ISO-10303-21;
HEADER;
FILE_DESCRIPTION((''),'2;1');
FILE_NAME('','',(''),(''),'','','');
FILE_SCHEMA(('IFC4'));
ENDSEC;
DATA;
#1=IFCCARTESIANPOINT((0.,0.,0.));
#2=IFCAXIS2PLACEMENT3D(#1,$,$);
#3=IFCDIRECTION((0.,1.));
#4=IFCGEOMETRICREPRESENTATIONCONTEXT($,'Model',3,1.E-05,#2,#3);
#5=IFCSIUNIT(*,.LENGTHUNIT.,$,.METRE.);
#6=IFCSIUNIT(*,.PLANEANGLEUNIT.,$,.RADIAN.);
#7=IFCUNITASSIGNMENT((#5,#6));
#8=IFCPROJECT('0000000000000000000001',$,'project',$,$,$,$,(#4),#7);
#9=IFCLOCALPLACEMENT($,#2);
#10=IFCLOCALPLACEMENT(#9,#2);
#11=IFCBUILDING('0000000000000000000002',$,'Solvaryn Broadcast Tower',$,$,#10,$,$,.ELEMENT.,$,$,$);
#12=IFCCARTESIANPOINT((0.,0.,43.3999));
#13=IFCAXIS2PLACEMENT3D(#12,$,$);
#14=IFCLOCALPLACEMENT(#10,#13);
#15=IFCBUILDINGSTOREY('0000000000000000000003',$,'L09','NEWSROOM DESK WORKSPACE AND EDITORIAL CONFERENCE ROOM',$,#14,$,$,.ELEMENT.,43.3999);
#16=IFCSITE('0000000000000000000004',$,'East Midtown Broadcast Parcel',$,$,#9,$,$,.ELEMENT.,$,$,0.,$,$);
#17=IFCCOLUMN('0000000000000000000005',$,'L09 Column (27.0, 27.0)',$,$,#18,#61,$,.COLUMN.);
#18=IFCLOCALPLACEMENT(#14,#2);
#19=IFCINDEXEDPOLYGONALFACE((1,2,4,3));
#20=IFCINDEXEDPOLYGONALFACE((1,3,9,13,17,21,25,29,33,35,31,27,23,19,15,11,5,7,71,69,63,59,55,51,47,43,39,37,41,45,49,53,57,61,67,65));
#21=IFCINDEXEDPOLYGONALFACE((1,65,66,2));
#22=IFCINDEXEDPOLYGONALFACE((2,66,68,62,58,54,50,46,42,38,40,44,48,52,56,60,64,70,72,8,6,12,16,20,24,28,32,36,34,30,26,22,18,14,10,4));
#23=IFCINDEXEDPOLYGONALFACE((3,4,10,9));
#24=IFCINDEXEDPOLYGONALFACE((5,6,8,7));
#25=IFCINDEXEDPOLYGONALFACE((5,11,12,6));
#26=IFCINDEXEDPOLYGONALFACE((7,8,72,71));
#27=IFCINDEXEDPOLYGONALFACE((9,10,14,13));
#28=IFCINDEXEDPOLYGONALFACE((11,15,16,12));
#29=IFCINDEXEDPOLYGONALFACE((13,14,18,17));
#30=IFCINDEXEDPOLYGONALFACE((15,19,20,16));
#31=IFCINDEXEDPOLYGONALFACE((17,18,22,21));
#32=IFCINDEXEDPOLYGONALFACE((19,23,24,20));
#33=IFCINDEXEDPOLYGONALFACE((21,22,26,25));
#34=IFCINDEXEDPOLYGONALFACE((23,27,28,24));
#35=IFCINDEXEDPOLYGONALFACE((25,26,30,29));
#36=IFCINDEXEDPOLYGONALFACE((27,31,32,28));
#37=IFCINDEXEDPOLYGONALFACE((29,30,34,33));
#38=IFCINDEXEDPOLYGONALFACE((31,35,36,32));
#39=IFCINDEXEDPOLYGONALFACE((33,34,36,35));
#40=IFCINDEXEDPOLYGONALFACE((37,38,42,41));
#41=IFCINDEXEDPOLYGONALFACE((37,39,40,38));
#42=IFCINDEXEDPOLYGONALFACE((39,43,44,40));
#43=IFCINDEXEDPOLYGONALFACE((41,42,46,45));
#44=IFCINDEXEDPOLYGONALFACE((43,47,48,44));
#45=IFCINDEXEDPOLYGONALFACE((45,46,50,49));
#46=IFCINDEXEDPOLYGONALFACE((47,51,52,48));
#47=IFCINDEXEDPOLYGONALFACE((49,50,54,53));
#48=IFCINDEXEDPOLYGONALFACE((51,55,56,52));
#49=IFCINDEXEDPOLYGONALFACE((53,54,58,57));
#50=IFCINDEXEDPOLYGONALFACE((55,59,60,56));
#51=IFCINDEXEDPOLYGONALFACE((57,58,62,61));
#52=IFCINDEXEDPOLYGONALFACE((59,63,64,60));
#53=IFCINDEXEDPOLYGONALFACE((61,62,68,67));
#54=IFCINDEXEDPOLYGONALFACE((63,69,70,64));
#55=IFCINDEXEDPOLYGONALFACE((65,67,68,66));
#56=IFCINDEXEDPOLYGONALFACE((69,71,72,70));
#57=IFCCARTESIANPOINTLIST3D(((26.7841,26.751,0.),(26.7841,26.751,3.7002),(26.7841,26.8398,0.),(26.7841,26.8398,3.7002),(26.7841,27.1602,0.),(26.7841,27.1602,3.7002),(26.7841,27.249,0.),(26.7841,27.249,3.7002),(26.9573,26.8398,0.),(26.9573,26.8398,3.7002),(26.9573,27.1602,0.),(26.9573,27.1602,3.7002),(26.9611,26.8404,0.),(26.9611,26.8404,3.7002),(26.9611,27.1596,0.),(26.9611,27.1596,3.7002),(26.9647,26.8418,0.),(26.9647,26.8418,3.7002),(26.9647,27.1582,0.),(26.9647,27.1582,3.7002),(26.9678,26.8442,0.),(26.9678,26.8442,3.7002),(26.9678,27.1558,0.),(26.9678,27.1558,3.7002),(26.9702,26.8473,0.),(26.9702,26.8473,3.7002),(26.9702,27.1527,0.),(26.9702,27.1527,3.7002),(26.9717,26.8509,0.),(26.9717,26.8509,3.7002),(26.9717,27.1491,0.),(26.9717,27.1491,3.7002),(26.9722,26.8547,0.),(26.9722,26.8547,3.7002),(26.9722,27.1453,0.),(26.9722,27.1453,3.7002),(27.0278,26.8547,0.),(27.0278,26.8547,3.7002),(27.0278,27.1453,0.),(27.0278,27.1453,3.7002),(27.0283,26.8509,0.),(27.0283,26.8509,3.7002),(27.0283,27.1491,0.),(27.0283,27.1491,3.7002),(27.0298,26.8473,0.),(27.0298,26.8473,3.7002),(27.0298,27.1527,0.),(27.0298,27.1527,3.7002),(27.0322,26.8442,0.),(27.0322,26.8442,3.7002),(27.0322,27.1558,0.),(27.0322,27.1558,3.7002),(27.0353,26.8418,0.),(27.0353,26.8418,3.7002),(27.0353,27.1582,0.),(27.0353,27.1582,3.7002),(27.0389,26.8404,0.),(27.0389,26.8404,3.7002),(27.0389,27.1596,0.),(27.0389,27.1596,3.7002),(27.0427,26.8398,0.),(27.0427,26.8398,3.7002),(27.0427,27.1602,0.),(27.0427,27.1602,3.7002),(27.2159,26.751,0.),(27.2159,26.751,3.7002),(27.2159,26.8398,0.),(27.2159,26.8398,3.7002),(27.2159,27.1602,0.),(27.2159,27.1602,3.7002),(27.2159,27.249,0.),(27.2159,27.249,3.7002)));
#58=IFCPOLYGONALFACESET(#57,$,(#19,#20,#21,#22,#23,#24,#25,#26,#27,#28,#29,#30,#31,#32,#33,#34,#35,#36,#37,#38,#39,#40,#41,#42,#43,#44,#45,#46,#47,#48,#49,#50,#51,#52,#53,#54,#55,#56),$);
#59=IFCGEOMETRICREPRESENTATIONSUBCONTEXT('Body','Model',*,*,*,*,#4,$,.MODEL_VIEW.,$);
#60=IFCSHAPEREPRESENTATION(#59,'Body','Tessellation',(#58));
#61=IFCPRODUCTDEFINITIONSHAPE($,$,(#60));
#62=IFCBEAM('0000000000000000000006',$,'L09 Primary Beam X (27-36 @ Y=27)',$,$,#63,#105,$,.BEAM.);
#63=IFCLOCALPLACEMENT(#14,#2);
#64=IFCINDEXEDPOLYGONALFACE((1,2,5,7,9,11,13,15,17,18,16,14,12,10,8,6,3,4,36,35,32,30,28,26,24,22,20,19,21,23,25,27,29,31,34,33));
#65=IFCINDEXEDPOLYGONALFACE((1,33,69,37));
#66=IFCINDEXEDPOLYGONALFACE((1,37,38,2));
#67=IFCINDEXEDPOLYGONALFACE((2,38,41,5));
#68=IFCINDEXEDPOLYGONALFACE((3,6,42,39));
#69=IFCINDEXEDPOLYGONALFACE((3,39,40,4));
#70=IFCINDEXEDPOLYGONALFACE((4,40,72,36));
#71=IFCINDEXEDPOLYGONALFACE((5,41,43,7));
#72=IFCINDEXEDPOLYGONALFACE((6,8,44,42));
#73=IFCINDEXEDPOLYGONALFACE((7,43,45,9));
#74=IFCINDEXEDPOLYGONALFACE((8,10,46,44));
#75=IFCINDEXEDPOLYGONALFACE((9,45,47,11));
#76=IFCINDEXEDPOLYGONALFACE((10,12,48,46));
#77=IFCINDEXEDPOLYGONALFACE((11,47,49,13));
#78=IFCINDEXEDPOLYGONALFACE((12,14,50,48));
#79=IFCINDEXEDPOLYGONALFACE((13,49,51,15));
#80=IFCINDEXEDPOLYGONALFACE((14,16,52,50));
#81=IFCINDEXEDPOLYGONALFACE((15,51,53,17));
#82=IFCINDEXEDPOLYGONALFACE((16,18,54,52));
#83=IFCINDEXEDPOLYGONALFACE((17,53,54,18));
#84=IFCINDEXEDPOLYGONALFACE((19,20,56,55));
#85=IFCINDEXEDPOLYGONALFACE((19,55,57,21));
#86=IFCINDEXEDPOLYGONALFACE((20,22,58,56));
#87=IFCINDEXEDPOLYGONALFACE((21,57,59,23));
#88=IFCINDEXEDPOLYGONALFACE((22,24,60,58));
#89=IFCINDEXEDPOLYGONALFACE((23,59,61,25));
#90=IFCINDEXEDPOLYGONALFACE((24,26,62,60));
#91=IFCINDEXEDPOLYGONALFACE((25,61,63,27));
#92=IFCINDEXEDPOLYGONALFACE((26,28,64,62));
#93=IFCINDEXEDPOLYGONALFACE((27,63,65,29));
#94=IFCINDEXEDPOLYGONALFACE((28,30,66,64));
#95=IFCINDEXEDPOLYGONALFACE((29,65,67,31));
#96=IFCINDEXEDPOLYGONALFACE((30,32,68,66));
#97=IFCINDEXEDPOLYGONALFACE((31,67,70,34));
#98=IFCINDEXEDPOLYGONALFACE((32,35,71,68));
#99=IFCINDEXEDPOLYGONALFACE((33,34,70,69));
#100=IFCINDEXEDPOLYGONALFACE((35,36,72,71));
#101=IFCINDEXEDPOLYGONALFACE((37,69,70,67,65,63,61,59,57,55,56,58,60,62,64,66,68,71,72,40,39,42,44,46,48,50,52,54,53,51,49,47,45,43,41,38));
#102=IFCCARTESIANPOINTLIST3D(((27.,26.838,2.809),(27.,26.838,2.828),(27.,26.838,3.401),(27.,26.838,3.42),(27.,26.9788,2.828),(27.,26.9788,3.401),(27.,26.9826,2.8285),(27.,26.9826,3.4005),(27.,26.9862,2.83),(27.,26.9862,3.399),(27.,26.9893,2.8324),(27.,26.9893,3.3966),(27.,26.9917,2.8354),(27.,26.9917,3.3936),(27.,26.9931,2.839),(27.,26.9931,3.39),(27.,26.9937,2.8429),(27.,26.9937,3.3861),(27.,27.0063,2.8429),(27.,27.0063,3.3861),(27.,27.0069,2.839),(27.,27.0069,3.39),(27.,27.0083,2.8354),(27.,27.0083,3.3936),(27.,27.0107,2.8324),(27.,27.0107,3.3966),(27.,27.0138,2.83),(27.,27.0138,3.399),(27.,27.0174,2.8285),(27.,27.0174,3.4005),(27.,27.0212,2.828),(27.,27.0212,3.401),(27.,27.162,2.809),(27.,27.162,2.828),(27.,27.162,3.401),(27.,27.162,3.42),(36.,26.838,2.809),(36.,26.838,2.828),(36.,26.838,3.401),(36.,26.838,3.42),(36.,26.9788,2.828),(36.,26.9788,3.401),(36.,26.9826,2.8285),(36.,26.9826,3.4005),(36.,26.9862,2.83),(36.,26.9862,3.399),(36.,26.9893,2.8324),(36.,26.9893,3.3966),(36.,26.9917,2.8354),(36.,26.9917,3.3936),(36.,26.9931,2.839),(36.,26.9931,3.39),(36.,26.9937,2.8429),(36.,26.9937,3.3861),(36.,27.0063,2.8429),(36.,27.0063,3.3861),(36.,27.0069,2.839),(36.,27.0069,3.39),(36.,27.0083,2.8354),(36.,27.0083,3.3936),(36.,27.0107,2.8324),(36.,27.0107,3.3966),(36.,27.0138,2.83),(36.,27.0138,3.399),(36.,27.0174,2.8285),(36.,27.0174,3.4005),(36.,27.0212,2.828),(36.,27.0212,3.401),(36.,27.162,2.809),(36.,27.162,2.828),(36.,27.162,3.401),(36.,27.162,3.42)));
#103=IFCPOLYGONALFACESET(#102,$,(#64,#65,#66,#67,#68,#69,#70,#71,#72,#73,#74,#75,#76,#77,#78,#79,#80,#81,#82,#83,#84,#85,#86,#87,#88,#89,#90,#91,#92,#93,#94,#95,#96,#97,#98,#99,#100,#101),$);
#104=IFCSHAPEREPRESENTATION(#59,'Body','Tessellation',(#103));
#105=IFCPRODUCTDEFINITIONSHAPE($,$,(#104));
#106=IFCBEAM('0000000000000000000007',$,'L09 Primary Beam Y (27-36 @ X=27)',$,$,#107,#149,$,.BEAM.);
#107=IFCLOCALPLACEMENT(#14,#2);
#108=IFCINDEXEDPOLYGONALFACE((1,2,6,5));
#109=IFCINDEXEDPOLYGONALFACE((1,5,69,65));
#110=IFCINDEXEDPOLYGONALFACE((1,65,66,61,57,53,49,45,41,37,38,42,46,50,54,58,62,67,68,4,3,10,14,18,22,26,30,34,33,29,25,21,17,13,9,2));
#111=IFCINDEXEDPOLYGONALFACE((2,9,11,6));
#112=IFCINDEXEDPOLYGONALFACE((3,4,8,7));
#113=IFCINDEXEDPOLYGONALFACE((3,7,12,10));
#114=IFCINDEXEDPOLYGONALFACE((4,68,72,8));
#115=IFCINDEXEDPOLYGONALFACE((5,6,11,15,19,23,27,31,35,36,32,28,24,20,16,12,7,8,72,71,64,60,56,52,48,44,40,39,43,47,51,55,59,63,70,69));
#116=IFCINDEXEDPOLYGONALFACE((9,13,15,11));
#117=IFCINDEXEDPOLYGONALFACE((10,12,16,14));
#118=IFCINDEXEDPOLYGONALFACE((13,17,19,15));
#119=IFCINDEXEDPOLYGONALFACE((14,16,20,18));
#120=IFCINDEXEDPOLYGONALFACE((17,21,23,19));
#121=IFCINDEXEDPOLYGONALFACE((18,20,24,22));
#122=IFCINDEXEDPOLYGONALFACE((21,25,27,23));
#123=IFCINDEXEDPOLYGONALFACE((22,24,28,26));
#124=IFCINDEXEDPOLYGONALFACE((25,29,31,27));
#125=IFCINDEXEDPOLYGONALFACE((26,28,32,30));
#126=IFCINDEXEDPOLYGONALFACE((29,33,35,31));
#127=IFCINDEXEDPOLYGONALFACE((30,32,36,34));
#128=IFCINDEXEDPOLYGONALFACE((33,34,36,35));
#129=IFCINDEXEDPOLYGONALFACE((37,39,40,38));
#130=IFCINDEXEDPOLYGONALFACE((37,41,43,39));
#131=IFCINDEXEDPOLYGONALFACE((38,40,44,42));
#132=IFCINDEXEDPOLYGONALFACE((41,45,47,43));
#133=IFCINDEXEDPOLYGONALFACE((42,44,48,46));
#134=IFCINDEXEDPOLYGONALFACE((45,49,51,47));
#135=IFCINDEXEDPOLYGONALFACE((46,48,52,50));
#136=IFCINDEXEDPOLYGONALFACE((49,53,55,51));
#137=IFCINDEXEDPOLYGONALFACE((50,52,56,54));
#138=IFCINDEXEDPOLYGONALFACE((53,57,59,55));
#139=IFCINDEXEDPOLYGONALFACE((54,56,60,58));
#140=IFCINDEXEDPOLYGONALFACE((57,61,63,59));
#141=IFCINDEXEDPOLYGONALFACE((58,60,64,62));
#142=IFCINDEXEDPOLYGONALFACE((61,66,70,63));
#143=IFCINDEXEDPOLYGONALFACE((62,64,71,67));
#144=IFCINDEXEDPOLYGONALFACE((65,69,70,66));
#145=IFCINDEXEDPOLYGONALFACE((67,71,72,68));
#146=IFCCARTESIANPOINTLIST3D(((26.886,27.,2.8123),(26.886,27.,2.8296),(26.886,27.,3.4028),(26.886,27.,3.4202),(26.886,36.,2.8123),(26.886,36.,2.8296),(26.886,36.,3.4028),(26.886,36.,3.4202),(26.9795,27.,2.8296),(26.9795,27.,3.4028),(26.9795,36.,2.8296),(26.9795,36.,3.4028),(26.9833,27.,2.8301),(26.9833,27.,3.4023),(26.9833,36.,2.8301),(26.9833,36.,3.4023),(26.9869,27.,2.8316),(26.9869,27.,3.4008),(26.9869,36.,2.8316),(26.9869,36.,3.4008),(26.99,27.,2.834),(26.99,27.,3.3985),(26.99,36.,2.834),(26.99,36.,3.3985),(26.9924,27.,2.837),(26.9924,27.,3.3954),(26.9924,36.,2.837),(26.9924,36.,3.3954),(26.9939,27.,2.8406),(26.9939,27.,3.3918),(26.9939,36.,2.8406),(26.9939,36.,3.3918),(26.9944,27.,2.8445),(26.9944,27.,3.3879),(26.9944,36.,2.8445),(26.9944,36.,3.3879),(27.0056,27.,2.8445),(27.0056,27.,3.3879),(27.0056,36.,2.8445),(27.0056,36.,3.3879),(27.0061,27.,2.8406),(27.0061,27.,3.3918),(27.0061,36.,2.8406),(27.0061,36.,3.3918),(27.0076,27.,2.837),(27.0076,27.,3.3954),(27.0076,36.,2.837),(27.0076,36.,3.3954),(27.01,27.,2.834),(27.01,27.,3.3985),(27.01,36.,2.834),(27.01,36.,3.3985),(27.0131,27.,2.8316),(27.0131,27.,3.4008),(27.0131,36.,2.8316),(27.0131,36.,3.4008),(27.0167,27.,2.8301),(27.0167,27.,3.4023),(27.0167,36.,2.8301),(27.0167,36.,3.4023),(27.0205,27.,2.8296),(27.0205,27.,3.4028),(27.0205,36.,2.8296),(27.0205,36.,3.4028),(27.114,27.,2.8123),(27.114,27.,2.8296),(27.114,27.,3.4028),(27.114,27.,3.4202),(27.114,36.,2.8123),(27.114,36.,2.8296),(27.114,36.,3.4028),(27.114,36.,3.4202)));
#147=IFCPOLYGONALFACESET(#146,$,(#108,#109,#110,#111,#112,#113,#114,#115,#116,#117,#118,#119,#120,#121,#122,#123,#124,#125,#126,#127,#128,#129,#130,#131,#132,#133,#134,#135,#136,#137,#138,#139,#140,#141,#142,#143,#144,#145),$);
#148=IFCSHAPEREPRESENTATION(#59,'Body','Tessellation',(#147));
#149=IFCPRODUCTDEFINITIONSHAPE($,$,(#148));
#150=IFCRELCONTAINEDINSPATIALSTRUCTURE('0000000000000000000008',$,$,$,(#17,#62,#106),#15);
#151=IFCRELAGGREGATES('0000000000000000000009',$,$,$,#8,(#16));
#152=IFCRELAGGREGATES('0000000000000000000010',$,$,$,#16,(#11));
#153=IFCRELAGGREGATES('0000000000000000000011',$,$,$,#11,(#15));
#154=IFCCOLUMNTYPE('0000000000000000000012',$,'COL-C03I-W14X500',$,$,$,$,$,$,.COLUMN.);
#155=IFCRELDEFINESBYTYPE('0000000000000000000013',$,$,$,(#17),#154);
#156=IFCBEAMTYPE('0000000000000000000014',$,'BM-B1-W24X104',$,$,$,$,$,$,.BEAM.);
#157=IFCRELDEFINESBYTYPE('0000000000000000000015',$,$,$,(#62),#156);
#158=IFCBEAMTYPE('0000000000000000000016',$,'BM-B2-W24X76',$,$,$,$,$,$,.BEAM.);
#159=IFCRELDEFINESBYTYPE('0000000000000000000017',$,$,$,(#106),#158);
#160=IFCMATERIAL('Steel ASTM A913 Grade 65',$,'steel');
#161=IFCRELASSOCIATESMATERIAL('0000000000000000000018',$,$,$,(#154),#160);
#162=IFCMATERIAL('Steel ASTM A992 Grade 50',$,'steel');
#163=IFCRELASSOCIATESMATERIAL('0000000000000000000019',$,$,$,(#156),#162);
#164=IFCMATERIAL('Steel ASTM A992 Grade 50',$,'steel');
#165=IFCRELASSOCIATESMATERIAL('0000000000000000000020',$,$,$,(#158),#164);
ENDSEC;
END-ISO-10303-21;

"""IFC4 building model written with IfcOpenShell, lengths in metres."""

from ifc_helpers import new_model, si_unit, direction, frame, origin, origin_2d, place, context, subcontext, project, spatial, i_section, extrude, material, material_profile, profile_set, type_object, element, save


model = new_model("IFC4")

# Units and contexts
model_context = context("Model", 3, precision=1e-05, world=origin(), true_north=direction((0.0, 1.0)))
body_context = subcontext(model_context, "Body", "Model", "MODEL_VIEW")
ifc_project = project(units=[si_unit("LENGTHUNIT", "METRE"), si_unit("PLANEANGLEUNIT", "RADIAN")], contexts=[model_context])

# Site, building, storey
site_placement = place(None, origin())
site = spatial("IfcSite", under=ifc_project, at=site_placement, Name="East Midtown Broadcast Parcel", CompositionType="ELEMENT", RefElevation=0.0)
building_placement = place(site_placement, origin())
building = spatial("IfcBuilding", under=site, at=building_placement, Name="Solvaryn Broadcast Tower", CompositionType="ELEMENT")
storey_placement = place(building_placement, frame((0.0, 0.0, 43.3999)))
storey = spatial("IfcBuildingStorey", under=building, at=storey_placement, Name="L09", Description="NEWSROOM DESK WORKSPACE AND EDITORIAL CONFERENCE ROOM", CompositionType="ELEMENT", Elevation=43.3999)

# Column
ifc_material_1 = material(Name="Steel ASTM A913 Grade 65", Category="steel")
ifc_material_profile_1 = material_profile(ifc_material_1, i_section(OverallWidth=0.4319, OverallDepth=0.498, WebThickness=0.0557, FlangeThickness=0.0889, FilletRadius=0.0149, at=origin_2d()))
ifc_profile_set_1 = profile_set([ifc_material_profile_1], Name="Steel ASTM A913 Grade 65")
column_type = type_object("IfcColumnType", Name="COL-C03I-W14X500", PredefinedType="COLUMN", material=ifc_profile_set_1)
column_placement = place(storey_placement, frame((27.0, 27.0, 0.0), z_axis=(0.0, 0.0, 1.0), x_axis=(1.0, 0.0, 0.0)))
element("IfcColumn", 1, at=column_placement, inside=storey, type_object=column_type, Name="L09 Column (27.0, 27.0)", PredefinedType="COLUMN", context=body_context, shape_type="SweptSolid", body=[
    extrude(i_section(OverallWidth=0.4319, OverallDepth=0.498, WebThickness=0.0557, FlangeThickness=0.0889, FilletRadius=0.0149, at=origin_2d()), origin(), (0.0, 0.0, 1.0), 3.7002),
])

# Beams
ifc_material_2 = material(Name="Steel ASTM A992 Grade 50", Category="steel")
ifc_material_profile_2 = material_profile(ifc_material_2, i_section(OverallWidth=0.324, OverallDepth=0.6111, WebThickness=0.0127, FlangeThickness=0.019, FilletRadius=0.0149, at=origin_2d()))
ifc_profile_set_2 = profile_set([ifc_material_profile_2], Name="Steel ASTM A992 Grade 50")
beam_type_1 = type_object("IfcBeamType", Name="BM-B1-W24X104", PredefinedType="BEAM", material=ifc_profile_set_2)
beam_1_placement = place(storey_placement, frame((27.0, 27.0, 3.1145), z_axis=(1.0, 0.0, 0.0), x_axis=(0.0, 1.0, 0.0)))
element("IfcBeam", 2, at=beam_1_placement, inside=storey, type_object=beam_type_1, Name="L09 Primary Beam X (27-36 @ Y=27)", PredefinedType="BEAM", context=body_context, shape_type="SweptSolid", body=[
    extrude(i_section(OverallWidth=0.324, OverallDepth=0.6111, WebThickness=0.0127, FlangeThickness=0.019, FilletRadius=0.0149, at=origin_2d()), origin(), (0.0, 0.0, 1.0), 9.0),
])
ifc_material_3 = material(Name="Steel ASTM A992 Grade 50", Category="steel")
ifc_material_profile_3 = material_profile(ifc_material_3, i_section(OverallWidth=0.228, OverallDepth=0.6079, WebThickness=0.0112, FlangeThickness=0.0173, FilletRadius=0.0149, at=origin_2d()))
ifc_profile_set_3 = profile_set([ifc_material_profile_3], Name="Steel ASTM A992 Grade 50")
beam_type_2 = type_object("IfcBeamType", Name="BM-B2-W24X76", PredefinedType="BEAM", material=ifc_profile_set_3)
beam_2_placement = place(storey_placement, frame((27.0, 27.0, 3.1162), z_axis=(0.0, 1.0, 0.0), x_axis=(-1.0, 0.0, 0.0)))
element("IfcBeam", 3, at=beam_2_placement, inside=storey, type_object=beam_type_2, Name="L09 Primary Beam Y (27-36 @ X=27)", PredefinedType="BEAM", context=body_context, shape_type="SweptSolid", body=[
    extrude(i_section(OverallWidth=0.228, OverallDepth=0.6079, WebThickness=0.0112, FlangeThickness=0.0173, FilletRadius=0.0149, at=origin_2d()), origin(), (0.0, 0.0, 1.0), 9.0),
])

save(model, "model.ifc")
